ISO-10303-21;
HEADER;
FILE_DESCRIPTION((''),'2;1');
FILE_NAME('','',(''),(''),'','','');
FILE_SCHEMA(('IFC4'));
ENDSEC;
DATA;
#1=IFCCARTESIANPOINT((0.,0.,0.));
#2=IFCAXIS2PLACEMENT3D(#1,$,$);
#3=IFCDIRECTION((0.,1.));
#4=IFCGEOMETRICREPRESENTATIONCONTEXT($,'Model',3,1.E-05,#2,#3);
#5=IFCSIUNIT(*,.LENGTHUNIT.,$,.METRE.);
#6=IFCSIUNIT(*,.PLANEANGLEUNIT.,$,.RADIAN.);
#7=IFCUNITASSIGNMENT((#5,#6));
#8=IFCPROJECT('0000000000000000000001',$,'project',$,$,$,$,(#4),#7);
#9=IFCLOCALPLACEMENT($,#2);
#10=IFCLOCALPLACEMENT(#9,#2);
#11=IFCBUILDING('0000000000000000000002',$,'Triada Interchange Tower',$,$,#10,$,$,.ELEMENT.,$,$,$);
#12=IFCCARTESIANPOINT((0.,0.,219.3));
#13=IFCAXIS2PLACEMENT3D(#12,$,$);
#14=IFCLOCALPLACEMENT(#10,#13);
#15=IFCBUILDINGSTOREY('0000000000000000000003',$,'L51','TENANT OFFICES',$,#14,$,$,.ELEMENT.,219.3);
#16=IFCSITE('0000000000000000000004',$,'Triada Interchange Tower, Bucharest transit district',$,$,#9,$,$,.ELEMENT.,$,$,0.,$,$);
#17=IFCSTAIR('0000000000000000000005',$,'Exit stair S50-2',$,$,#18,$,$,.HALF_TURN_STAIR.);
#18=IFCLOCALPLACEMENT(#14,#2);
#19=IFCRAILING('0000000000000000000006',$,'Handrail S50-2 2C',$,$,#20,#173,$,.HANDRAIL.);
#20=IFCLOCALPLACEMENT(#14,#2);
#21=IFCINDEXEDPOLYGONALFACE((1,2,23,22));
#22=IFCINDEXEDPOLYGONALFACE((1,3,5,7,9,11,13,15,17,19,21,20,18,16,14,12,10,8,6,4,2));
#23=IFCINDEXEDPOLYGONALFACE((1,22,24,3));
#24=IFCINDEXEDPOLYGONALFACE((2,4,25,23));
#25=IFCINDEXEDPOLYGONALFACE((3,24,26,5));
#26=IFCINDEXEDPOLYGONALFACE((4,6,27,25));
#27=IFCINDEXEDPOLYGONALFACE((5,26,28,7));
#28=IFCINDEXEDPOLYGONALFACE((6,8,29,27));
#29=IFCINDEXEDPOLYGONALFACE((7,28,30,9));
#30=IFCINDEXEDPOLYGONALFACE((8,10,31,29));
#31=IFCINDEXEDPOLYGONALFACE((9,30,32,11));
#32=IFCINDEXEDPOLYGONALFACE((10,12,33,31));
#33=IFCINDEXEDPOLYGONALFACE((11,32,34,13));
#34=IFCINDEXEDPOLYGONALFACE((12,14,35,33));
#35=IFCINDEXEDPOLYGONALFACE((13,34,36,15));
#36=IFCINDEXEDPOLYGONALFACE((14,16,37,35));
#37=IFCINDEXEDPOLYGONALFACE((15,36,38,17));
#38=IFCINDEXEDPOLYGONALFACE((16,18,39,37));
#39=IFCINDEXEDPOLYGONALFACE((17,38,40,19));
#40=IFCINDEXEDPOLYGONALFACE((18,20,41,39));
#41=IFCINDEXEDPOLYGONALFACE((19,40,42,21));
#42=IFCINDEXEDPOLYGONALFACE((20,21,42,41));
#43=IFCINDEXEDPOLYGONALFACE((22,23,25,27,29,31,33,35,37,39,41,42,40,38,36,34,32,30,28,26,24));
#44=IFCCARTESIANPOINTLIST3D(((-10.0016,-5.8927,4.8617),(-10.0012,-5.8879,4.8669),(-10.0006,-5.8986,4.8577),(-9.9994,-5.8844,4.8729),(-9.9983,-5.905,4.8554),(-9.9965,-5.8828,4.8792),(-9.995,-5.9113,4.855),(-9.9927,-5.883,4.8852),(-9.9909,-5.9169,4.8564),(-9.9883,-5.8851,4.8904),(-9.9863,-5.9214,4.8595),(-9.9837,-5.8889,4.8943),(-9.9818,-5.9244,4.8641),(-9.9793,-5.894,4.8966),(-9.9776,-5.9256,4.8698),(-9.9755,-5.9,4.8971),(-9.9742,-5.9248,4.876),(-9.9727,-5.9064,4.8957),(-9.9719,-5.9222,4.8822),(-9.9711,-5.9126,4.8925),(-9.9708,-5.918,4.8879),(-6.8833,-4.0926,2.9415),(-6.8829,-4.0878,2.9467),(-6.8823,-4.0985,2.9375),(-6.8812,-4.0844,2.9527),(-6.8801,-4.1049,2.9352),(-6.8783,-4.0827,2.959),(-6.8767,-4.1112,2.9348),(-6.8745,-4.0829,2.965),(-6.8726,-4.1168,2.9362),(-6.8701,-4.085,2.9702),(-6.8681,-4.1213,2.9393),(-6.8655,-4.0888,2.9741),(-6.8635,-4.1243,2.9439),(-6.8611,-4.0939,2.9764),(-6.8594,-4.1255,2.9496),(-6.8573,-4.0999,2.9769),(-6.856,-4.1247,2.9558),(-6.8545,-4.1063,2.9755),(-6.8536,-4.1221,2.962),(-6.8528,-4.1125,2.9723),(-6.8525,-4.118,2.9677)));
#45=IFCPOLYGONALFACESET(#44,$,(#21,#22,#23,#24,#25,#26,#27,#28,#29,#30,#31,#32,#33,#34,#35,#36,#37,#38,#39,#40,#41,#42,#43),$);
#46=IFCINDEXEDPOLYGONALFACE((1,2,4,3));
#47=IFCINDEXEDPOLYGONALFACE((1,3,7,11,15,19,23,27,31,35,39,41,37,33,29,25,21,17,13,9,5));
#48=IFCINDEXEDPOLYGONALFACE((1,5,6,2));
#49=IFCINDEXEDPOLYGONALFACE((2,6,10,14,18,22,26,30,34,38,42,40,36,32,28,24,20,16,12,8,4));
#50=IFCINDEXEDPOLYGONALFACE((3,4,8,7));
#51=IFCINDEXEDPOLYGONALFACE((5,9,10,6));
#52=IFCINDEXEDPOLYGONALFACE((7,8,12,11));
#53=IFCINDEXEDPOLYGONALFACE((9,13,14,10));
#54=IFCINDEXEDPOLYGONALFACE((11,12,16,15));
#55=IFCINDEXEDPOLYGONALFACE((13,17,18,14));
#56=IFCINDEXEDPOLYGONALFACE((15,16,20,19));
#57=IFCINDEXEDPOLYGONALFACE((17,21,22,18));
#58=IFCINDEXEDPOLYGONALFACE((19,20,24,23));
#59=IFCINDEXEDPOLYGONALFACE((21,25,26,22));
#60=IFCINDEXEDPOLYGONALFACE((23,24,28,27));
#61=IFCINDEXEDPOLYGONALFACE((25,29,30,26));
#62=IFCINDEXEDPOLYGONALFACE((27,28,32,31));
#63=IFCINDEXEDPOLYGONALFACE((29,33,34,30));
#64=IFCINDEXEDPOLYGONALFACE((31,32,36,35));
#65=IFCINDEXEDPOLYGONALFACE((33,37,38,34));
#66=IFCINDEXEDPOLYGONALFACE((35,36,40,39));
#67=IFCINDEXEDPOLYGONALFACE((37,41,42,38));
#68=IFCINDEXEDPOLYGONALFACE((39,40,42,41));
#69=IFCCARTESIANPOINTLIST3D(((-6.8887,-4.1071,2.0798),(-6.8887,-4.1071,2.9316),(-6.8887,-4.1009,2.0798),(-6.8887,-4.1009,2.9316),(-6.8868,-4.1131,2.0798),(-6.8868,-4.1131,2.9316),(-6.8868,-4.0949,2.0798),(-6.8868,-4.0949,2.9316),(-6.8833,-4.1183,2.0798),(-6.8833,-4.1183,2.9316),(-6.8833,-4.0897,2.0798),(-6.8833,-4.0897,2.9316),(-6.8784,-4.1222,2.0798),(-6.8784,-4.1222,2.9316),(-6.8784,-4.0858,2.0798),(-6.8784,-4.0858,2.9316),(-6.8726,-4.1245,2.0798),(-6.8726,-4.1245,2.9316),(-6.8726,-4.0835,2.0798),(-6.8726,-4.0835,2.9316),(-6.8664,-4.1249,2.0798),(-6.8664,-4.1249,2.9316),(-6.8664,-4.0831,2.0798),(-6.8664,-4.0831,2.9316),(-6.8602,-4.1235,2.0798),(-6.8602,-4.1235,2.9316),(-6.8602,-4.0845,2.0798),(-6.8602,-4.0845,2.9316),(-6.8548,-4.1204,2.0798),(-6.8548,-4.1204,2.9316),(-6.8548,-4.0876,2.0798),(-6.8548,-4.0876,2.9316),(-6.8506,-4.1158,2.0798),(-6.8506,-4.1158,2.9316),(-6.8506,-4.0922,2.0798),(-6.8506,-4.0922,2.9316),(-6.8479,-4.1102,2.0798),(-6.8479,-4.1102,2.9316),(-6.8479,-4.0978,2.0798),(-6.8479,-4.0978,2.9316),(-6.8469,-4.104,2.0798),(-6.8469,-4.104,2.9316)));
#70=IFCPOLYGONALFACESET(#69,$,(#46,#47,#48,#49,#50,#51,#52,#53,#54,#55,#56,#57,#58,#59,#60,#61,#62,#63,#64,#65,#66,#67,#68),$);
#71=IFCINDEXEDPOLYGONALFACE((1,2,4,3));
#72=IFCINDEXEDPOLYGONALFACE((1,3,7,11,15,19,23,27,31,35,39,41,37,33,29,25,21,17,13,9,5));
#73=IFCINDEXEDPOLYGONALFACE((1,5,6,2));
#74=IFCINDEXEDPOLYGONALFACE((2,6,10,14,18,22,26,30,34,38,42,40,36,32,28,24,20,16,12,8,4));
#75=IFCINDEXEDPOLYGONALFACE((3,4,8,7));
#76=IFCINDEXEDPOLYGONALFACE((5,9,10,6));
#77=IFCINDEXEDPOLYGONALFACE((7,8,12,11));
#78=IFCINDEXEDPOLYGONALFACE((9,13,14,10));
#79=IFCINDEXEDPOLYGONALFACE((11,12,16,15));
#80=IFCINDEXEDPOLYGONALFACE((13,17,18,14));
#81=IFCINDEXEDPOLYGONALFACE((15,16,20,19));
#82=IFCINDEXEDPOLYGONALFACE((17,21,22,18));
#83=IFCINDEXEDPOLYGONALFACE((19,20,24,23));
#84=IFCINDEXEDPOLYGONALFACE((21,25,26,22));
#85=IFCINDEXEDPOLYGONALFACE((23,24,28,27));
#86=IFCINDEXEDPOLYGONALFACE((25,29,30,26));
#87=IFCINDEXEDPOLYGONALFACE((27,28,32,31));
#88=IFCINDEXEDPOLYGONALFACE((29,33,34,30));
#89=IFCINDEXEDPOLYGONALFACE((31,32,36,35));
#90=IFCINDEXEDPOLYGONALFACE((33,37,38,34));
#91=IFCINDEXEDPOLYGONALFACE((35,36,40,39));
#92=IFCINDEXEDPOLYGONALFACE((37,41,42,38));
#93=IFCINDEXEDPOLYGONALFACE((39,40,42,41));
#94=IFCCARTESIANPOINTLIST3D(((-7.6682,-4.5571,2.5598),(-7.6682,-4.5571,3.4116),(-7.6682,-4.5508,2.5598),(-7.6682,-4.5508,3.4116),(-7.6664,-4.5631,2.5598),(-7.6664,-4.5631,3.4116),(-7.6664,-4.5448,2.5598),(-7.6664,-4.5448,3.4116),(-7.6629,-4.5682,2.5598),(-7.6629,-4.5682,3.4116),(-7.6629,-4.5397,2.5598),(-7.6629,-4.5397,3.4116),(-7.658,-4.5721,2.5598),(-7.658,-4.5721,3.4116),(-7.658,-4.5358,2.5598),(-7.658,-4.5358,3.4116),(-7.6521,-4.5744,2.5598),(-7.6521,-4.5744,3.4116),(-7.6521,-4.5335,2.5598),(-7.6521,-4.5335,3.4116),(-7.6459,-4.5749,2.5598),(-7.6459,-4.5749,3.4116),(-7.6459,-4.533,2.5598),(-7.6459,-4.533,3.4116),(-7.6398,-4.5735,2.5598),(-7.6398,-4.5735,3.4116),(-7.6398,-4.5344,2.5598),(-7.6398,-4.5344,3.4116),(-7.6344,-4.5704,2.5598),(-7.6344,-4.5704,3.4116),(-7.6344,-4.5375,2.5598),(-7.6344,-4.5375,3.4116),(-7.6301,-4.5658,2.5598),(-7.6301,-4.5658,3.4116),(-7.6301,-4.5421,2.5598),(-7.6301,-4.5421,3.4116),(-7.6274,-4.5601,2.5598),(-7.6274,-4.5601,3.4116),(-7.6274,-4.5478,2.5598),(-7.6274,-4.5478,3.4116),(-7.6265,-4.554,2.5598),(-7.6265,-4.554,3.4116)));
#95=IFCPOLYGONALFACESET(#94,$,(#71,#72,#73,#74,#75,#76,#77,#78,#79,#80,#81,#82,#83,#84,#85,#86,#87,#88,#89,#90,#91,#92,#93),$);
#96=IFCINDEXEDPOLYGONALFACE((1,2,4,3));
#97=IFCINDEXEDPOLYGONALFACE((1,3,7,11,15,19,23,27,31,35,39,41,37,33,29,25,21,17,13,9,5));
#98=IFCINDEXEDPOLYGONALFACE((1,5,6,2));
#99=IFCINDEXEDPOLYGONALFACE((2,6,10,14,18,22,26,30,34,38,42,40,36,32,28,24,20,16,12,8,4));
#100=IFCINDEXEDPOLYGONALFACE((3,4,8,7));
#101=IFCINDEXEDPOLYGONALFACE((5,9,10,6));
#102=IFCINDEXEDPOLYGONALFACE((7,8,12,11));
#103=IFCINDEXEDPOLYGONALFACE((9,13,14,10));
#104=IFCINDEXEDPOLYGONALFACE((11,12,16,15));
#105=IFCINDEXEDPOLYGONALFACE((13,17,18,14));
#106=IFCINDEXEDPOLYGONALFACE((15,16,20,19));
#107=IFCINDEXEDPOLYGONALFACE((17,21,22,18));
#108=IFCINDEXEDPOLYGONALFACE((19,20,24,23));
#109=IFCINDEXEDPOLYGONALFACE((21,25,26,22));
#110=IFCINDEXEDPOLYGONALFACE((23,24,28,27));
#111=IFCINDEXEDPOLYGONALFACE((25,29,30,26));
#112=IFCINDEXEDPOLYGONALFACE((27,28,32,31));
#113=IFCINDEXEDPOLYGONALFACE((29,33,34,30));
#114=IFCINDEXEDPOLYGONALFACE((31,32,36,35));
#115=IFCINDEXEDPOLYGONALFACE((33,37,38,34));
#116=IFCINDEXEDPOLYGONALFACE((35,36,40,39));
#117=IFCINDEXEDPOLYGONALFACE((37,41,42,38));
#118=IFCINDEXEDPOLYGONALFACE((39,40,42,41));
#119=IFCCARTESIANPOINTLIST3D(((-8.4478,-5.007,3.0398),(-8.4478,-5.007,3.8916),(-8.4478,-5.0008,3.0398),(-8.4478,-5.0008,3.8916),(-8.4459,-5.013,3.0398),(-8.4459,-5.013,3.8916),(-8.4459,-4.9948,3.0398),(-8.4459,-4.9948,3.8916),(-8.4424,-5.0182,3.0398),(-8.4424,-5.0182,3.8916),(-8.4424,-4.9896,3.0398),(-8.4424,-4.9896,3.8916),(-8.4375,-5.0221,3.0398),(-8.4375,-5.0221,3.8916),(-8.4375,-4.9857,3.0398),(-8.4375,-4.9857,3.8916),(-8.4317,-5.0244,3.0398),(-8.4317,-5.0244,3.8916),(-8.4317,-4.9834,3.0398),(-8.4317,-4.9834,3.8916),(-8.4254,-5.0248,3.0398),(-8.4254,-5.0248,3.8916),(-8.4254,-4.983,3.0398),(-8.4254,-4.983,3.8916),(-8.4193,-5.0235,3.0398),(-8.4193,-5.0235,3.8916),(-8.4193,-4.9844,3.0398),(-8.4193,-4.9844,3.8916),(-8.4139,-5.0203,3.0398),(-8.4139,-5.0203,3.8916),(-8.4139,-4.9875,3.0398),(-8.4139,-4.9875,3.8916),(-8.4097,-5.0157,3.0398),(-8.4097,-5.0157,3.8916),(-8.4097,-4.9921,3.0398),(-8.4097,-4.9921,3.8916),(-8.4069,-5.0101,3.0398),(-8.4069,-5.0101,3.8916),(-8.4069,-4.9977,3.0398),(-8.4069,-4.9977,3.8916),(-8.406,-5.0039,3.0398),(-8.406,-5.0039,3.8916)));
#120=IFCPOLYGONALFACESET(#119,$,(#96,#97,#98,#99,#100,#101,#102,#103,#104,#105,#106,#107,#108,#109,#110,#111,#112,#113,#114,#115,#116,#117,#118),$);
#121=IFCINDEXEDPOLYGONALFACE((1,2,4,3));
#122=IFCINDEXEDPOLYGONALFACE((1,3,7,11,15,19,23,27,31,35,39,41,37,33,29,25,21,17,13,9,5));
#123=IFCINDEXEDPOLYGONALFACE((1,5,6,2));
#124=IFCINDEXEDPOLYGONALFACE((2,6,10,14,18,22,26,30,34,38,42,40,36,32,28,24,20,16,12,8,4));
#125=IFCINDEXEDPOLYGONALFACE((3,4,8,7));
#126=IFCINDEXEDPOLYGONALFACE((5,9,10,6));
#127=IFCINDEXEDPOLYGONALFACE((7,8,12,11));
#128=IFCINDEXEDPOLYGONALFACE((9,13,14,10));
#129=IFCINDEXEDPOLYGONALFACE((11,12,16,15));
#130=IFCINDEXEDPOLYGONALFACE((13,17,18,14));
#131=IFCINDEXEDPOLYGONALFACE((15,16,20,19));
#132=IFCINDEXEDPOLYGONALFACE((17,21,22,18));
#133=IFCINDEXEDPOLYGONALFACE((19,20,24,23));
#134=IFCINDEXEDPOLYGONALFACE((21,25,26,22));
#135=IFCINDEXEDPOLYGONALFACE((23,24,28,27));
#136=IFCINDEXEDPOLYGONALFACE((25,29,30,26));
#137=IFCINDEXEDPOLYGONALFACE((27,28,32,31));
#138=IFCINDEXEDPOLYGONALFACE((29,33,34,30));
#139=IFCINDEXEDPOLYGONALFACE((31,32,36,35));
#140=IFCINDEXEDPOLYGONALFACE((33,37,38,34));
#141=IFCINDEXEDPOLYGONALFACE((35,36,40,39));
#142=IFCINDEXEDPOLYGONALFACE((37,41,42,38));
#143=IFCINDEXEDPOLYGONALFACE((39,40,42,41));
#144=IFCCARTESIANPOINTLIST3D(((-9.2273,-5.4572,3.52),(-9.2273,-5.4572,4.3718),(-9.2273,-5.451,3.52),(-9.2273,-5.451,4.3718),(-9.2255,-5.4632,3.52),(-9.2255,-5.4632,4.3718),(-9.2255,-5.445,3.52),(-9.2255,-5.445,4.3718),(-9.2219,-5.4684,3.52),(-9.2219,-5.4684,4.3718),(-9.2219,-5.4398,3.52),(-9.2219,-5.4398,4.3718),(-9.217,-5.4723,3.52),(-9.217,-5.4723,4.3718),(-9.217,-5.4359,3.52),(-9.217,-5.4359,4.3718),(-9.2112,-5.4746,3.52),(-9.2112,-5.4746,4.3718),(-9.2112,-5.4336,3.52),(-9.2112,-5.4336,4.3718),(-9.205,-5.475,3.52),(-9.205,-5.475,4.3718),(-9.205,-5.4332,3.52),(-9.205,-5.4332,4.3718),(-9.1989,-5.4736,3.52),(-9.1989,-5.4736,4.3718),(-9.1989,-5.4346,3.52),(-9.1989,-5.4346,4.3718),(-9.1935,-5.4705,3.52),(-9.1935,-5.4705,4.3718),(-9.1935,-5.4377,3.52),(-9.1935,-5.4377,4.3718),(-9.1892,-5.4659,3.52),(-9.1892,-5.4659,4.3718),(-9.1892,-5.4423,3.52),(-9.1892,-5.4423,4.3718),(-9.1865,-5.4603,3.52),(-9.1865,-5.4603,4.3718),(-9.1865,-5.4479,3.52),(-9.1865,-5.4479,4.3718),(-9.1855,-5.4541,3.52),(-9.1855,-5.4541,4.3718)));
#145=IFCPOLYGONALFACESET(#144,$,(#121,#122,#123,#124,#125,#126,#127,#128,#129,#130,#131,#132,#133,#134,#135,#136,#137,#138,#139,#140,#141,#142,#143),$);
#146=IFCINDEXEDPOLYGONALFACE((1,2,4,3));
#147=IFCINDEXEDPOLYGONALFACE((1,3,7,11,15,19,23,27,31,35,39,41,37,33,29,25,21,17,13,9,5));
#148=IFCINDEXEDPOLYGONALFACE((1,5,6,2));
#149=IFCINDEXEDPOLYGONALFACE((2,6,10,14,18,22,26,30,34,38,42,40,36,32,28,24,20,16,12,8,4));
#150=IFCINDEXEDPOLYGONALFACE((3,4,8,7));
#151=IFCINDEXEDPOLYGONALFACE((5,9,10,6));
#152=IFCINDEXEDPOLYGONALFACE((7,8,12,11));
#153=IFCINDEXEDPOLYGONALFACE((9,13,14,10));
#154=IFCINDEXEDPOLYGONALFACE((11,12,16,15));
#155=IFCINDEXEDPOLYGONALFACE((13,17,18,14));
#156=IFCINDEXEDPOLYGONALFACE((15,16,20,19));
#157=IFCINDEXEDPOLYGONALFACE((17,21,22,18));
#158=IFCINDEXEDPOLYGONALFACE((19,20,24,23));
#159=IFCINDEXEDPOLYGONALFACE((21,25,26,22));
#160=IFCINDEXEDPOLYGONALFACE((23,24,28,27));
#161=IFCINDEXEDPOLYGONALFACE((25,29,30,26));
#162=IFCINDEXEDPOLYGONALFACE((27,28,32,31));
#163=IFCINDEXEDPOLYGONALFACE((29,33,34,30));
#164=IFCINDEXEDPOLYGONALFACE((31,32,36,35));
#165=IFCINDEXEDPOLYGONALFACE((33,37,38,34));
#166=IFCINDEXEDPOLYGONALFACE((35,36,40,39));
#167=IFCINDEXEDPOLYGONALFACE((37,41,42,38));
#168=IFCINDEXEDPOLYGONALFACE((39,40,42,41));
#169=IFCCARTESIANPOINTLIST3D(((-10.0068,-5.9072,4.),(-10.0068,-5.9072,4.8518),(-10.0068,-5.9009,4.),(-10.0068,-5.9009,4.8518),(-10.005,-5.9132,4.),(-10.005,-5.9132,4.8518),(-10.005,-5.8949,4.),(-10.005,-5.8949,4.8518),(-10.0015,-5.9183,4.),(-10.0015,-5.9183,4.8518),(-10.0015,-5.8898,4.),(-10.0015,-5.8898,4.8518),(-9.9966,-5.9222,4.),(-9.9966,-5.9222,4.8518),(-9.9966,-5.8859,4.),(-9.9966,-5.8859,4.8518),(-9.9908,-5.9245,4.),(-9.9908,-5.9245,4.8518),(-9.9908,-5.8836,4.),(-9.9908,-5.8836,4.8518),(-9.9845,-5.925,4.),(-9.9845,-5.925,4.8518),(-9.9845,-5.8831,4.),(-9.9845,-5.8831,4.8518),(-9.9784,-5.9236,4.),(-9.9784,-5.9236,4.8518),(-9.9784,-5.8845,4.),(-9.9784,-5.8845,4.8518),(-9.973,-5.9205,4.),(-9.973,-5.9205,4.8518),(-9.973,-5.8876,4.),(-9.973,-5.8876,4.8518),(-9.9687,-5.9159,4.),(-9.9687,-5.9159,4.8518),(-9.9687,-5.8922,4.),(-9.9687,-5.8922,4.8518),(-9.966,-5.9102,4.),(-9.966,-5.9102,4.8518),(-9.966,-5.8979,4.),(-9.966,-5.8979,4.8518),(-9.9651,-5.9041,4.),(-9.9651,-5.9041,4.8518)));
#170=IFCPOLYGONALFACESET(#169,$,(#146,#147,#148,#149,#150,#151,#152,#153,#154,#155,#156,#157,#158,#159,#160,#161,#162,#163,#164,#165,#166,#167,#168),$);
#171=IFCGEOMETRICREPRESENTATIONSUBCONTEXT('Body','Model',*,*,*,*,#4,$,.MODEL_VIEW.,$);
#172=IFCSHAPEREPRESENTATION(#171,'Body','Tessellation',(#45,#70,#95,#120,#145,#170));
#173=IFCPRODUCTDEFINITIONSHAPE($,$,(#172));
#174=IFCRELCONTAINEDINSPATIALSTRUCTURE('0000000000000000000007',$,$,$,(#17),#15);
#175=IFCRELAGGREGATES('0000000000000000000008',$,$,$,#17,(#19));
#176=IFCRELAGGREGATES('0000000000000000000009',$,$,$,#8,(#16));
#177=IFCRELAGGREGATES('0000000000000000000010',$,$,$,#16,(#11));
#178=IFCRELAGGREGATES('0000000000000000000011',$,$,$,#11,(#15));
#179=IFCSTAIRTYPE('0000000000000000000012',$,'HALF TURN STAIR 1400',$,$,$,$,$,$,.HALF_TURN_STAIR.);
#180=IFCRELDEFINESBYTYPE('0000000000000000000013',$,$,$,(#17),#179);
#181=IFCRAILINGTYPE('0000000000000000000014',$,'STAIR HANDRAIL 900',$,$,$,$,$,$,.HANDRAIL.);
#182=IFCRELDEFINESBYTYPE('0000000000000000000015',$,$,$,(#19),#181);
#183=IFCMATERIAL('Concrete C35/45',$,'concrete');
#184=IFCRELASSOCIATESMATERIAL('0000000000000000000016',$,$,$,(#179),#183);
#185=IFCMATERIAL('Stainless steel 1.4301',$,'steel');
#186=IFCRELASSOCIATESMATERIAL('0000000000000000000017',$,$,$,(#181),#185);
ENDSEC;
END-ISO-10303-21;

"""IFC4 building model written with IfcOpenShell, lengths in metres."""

from ifc_helpers import new_model, si_unit, direction, frame, origin, origin_2d, place, context, subcontext, project, spatial, circle, extrude, material, type_object, element, aggregate, save


model = new_model("IFC4")

# Units and contexts
model_context = context("Model", 3, precision=1e-05, world=origin(), true_north=direction((0.0, 1.0)))
body_context = subcontext(model_context, "Body", "Model", "MODEL_VIEW")
ifc_project = project(units=[si_unit("LENGTHUNIT", "METRE"), si_unit("PLANEANGLEUNIT", "RADIAN")], contexts=[model_context])

# Site, building, storey
site_placement = place(None, origin())
site = spatial("IfcSite", under=ifc_project, at=site_placement, Name="Triada Interchange Tower, Bucharest transit district", CompositionType="ELEMENT", RefElevation=0.0)
building_placement = place(site_placement, origin())
building = spatial("IfcBuilding", under=site, at=building_placement, Name="Triada Interchange Tower", CompositionType="ELEMENT")
storey_placement = place(building_placement, frame((0.0, 0.0, 219.3)))
storey = spatial("IfcBuildingStorey", under=building, at=storey_placement, Name="L51", Description="TENANT OFFICES", CompositionType="ELEMENT", Elevation=219.3)

# Stair, railing
ifc_material_1 = material(Name="Concrete C35/45", Category="concrete")
stair_type = type_object("IfcStairType", Name="HALF TURN STAIR 1400", PredefinedType="HALF_TURN_STAIR", material=ifc_material_1)
stair_placement = place(storey_placement, origin())
stair = element("IfcStair", 1, at=stair_placement, inside=storey, type_object=stair_type, Name="Exit stair S50-2", PredefinedType="HALF_TURN_STAIR")
ifc_material_2 = material(Name="Stainless steel 1.4301", Category="steel")
railing_type = type_object("IfcRailingType", Name="STAIR HANDRAIL 900", PredefinedType="HANDRAIL", material=ifc_material_2)
railing_1_placement = place(storey_placement, frame((-6.8679, -4.104, 2.0798)))
railing_1 = element("IfcRailing", 2, at=railing_1_placement, type_object=railing_type, Name="Handrail S50-2 2C", PredefinedType="HANDRAIL", context=body_context, shape_type="SweptSolid", body=[
    extrude(circle(Radius=0.0239, at=origin_2d()), frame((0.0, 0.0, 0.876), z_axis=(-0.76417, -0.441139, 0.470576), x_axis=(0.499953, -0.866052, 0.0)), (0.0, 0.0, 1.0), 4.0806),
    extrude(circle(Radius=0.021, at=origin_2d()), origin(), (0.0, 0.0, 1.0), 0.8518),
    extrude(circle(Radius=0.021, at=origin_2d()), frame((-0.7795, -0.45, 0.48)), (0.0, 0.0, 1.0), 0.8518),
    extrude(circle(Radius=0.021, at=origin_2d()), frame((-1.5591, -0.8999, 0.96)), (0.0, 0.0, 1.0), 0.8518),
    extrude(circle(Radius=0.021, at=origin_2d()), frame((-2.3386, -1.3501, 1.4402)), (0.0, 0.0, 1.0), 0.8518),
    extrude(circle(Radius=0.021, at=origin_2d()), frame((-3.1182, -1.8, 1.9202)), (0.0, 0.0, 1.0), 0.8518),
])
aggregate(stair, [railing_1])

save(model, "model.ifc")
